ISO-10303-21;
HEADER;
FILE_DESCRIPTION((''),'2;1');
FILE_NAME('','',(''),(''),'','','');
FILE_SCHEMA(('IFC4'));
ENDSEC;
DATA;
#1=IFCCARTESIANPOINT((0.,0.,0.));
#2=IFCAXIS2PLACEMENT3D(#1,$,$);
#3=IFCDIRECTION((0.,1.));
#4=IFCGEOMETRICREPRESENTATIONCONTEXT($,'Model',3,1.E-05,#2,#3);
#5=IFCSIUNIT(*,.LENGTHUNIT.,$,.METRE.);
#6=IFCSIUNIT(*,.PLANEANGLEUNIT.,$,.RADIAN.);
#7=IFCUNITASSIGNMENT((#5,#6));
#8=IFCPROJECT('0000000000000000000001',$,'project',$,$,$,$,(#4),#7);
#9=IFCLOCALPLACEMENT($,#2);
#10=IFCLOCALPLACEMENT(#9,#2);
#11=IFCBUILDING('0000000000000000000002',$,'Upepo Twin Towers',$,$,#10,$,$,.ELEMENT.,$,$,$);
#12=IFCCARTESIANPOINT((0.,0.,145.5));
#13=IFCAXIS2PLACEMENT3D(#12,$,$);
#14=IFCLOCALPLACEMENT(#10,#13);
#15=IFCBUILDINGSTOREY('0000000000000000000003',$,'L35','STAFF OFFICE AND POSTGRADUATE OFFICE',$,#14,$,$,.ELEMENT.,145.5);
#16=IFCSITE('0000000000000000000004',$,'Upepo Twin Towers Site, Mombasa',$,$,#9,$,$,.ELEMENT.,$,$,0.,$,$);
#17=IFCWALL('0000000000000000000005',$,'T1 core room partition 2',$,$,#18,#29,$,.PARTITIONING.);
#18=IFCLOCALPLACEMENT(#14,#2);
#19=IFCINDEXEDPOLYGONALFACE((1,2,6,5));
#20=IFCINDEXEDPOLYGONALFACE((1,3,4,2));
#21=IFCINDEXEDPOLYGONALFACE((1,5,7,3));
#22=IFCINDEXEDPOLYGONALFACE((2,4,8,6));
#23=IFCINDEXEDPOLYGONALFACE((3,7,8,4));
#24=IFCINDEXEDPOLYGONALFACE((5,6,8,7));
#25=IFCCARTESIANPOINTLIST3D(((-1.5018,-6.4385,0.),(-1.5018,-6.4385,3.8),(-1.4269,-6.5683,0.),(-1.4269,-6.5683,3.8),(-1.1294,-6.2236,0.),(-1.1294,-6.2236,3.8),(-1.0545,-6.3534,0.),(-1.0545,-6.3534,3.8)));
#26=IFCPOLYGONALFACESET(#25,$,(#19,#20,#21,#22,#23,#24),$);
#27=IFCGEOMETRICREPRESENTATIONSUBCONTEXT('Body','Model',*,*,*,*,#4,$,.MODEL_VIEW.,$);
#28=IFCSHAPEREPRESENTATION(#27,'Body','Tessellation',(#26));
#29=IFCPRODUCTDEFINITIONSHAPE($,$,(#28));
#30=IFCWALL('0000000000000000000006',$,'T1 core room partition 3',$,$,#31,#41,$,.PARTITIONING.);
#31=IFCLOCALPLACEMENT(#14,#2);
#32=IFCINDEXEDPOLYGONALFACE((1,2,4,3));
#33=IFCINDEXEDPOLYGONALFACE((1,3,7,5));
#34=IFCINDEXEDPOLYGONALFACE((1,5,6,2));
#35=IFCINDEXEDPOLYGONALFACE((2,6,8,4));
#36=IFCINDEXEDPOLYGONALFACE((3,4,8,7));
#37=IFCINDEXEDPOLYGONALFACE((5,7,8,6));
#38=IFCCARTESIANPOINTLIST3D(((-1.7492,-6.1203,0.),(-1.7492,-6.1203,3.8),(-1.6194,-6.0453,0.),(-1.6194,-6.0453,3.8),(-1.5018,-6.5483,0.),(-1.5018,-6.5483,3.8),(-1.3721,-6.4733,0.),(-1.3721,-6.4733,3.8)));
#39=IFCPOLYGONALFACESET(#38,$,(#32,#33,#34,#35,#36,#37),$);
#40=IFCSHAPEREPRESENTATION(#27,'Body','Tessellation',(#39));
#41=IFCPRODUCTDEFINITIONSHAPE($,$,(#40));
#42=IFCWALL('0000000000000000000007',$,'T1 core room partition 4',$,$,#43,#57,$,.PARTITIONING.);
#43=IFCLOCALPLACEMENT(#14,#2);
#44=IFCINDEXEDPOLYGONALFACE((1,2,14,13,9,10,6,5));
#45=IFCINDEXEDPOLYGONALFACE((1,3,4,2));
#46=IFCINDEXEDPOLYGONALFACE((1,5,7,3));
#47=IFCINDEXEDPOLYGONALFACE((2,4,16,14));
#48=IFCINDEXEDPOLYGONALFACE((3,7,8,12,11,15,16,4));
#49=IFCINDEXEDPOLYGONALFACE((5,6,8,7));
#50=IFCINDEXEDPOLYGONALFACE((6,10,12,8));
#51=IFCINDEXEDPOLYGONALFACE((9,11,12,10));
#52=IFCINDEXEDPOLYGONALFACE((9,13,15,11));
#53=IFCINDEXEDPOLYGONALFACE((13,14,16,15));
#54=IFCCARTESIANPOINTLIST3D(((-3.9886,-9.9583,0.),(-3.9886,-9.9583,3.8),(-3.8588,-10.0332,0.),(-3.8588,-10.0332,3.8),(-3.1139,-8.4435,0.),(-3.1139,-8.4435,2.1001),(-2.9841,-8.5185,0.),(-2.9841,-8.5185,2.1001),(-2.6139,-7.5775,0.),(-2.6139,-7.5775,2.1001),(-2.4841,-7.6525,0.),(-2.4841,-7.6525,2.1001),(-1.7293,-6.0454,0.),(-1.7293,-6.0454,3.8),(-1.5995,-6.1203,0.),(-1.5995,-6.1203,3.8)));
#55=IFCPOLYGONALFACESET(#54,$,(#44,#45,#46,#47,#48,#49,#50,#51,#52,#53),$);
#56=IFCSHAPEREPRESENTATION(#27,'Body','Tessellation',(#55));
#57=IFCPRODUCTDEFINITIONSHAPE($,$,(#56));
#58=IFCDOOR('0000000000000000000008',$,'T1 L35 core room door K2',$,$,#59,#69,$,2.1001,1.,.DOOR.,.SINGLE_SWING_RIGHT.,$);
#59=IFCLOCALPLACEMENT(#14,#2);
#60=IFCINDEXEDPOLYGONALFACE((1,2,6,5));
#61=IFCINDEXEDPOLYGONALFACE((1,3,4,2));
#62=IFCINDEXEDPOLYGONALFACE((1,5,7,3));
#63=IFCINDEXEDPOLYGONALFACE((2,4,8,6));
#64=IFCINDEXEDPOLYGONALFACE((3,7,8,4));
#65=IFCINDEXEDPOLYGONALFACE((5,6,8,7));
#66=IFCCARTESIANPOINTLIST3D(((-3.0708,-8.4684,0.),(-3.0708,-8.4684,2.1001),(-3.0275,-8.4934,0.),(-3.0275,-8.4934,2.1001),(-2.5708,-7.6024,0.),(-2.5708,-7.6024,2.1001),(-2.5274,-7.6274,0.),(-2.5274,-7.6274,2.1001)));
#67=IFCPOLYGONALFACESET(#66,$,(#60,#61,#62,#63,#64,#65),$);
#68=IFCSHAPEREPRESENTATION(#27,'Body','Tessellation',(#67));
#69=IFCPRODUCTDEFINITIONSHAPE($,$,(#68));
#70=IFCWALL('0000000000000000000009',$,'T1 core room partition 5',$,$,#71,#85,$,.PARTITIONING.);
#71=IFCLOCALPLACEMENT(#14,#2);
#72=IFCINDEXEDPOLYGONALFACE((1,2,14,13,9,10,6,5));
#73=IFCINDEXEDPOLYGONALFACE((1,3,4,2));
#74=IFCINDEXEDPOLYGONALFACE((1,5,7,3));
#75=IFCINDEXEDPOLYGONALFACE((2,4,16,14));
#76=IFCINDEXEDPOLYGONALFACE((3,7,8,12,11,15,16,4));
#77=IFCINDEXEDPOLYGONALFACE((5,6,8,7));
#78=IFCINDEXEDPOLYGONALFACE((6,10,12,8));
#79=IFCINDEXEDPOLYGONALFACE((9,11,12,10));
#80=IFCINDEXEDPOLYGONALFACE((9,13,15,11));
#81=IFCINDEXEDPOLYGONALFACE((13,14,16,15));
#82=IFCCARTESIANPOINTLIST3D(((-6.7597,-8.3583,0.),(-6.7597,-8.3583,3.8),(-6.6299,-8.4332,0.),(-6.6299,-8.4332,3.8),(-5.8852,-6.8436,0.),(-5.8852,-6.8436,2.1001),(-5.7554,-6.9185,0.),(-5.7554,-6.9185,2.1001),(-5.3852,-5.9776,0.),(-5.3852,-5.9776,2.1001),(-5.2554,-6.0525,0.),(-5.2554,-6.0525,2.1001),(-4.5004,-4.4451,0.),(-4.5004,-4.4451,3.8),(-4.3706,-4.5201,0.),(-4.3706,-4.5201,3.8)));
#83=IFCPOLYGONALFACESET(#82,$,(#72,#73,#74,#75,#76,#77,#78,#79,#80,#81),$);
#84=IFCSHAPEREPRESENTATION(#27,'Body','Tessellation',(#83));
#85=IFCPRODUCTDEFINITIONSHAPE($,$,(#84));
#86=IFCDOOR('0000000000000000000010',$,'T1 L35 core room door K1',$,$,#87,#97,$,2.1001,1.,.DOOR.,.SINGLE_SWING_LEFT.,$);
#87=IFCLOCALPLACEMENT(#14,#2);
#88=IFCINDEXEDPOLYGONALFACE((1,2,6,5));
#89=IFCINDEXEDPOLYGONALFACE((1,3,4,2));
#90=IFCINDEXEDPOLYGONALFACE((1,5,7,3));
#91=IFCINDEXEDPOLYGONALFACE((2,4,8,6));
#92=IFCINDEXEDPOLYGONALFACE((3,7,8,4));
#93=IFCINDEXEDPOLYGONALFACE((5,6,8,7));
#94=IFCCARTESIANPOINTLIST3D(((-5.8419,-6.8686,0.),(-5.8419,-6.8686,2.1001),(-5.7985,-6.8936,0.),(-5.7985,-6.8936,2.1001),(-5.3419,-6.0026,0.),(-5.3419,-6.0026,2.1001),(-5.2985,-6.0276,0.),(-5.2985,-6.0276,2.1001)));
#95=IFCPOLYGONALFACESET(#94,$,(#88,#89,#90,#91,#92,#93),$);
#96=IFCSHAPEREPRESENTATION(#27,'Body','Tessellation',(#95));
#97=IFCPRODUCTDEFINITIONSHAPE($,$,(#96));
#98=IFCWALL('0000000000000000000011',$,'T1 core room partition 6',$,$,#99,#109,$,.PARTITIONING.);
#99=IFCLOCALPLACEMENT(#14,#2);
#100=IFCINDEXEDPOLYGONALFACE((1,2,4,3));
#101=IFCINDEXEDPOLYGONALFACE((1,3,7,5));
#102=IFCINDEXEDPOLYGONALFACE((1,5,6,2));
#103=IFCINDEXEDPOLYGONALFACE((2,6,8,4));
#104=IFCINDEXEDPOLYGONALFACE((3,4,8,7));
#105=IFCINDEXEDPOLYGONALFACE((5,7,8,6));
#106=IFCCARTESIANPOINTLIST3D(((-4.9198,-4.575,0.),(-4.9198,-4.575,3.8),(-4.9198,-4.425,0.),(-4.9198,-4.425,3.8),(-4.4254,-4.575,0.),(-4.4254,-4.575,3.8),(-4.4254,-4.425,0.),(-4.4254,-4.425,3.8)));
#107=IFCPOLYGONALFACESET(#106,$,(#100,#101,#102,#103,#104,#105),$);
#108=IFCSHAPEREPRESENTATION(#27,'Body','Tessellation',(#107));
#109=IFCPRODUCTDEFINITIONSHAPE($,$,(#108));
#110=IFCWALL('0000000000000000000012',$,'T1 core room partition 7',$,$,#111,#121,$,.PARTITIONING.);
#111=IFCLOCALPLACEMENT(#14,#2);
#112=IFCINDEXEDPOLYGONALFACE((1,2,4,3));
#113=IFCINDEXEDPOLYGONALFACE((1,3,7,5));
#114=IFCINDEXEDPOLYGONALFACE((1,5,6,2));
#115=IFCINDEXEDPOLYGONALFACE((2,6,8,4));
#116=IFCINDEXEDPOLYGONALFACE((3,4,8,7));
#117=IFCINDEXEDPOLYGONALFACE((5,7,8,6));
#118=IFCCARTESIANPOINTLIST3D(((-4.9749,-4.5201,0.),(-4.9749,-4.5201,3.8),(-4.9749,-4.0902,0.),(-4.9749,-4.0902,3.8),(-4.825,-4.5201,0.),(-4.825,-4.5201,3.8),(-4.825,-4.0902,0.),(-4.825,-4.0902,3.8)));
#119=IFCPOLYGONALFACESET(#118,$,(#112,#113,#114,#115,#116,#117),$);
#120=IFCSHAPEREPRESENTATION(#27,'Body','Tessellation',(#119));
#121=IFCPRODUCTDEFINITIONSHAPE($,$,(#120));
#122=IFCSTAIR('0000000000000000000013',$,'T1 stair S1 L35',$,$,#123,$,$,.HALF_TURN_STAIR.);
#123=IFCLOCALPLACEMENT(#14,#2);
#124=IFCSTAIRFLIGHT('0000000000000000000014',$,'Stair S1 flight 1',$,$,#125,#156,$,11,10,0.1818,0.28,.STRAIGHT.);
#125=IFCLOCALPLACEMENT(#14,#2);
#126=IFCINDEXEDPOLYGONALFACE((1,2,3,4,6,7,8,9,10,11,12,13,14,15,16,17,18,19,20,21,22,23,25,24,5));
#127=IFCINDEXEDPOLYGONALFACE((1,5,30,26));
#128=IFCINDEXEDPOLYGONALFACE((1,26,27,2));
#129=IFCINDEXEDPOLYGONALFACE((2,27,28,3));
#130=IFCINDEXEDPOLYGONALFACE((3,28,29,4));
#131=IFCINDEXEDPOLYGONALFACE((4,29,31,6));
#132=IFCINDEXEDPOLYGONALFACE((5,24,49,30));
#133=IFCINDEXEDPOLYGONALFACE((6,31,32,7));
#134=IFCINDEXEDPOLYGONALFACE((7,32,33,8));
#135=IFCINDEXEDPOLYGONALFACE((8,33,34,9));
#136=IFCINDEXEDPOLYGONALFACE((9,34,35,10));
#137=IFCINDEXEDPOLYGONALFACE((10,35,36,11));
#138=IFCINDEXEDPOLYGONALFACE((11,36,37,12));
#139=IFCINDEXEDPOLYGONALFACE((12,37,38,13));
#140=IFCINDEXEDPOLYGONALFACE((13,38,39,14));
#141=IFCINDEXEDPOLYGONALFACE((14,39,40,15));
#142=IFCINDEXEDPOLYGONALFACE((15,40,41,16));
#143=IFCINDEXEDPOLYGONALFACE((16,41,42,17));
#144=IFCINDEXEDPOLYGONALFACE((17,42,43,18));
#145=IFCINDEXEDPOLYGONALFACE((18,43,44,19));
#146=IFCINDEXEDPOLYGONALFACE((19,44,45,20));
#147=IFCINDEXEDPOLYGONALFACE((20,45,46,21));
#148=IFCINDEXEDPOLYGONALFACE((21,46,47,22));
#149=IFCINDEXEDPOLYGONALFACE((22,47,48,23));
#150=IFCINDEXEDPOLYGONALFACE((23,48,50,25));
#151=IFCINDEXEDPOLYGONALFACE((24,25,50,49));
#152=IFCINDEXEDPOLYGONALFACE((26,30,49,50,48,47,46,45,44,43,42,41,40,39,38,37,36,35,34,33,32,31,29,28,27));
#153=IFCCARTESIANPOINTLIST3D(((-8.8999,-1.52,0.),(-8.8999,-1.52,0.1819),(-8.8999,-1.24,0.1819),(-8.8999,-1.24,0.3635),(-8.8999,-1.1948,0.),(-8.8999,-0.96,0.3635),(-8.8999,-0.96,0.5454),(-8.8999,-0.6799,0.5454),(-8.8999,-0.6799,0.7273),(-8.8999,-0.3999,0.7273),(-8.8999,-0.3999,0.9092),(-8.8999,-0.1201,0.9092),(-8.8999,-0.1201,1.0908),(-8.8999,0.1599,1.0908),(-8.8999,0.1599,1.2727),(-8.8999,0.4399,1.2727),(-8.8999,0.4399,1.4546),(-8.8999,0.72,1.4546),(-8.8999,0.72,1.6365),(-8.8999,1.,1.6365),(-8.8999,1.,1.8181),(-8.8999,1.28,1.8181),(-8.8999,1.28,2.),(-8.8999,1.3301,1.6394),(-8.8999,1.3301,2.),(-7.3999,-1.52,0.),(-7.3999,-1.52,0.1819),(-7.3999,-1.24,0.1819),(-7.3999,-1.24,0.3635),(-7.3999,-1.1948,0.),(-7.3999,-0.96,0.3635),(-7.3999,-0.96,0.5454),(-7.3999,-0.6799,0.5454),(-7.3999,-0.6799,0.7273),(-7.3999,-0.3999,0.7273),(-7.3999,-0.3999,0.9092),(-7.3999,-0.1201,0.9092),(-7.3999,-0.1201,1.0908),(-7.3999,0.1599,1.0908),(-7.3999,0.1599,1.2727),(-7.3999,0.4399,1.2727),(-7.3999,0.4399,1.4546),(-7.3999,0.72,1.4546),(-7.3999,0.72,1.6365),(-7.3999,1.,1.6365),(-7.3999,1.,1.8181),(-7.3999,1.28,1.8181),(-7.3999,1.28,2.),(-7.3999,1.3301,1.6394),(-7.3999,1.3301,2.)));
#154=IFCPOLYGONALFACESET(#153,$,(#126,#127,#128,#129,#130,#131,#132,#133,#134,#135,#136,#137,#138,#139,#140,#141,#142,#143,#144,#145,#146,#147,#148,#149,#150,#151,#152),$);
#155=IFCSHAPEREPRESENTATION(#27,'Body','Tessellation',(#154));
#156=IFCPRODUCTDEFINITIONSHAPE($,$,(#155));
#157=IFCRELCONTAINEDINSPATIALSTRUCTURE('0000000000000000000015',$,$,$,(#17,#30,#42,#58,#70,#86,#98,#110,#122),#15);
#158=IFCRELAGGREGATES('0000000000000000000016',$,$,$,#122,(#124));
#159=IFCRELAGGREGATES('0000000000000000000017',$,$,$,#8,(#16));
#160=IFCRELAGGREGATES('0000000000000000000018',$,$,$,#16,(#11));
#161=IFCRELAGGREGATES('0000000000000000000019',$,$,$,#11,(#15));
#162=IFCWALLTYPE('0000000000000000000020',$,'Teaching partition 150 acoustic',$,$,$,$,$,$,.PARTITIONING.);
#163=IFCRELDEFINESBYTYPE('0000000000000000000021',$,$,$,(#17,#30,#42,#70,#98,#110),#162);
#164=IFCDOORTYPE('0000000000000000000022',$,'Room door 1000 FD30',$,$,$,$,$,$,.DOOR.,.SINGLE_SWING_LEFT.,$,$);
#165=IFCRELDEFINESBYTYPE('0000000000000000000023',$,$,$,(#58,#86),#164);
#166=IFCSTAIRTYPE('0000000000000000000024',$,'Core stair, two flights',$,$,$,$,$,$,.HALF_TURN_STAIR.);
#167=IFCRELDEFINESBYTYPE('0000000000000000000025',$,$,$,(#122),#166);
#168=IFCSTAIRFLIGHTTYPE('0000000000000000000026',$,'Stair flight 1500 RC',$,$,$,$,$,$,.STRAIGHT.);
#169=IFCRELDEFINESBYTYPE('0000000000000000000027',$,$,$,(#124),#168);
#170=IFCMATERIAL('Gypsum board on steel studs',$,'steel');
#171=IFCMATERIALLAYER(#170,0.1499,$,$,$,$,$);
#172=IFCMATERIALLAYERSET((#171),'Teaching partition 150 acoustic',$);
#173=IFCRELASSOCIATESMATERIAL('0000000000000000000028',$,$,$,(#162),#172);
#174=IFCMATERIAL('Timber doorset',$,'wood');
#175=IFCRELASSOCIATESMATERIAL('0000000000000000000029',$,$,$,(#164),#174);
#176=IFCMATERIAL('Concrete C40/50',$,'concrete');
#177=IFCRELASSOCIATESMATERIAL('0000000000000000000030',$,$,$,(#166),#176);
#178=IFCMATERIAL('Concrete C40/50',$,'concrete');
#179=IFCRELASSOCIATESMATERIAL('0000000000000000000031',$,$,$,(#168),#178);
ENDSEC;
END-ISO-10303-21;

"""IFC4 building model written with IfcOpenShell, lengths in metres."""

from ifc_helpers import new_model, si_unit, direction, frame, frame_2d, origin, place, context, subcontext, project, spatial, polyline, rectangle, outline, extrude, material, layer, layer_set, type_object, element, fill, aggregate, save


model = new_model("IFC4")

# Units and contexts
model_context = context("Model", 3, precision=1e-05, world=origin(), true_north=direction((0.0, 1.0)))
body_context = subcontext(model_context, "Body", "Model", "MODEL_VIEW")
ifc_project = project(units=[si_unit("LENGTHUNIT", "METRE"), si_unit("PLANEANGLEUNIT", "RADIAN")], contexts=[model_context])

# Site, building, storey
site_placement = place(None, origin())
site = spatial("IfcSite", under=ifc_project, at=site_placement, Name="Upepo Twin Towers Site, Mombasa", CompositionType="ELEMENT", RefElevation=0.0)
building_placement = place(site_placement, origin())
building = spatial("IfcBuilding", under=site, at=building_placement, Name="Upepo Twin Towers", CompositionType="ELEMENT")
storey_placement = place(building_placement, frame((0.0, 0.0, 145.5)))
storey = spatial("IfcBuildingStorey", under=building, at=storey_placement, Name="L35", Description="STAFF OFFICE AND POSTGRADUATE OFFICE", CompositionType="ELEMENT", Elevation=145.5)

# Walls
ifc_material_1 = material(Name="Gypsum board on steel studs", Category="steel")
ifc_layer_1 = layer(ifc_material_1, 0.1499)
ifc_layer_set_1 = layer_set([ifc_layer_1], Name="Teaching partition 150 acoustic")
wall_type_1 = type_object("IfcWallType", Name="Teaching partition 150 acoustic", PredefinedType="PARTITIONING", material=ifc_layer_set_1)
wall_1_placement = place(storey_placement, frame((-1.092, -6.2886, 0.0), z_axis=(0.0, 0.0, 1.0), x_axis=(-0.866138, -0.499804, 0.0)))
element("IfcWall", 1, at=wall_1_placement, inside=storey, type_object=wall_type_1, Name="T1 core room partition 2", PredefinedType="PARTITIONING", context=body_context, shape_type="SweptSolid", body=[
    extrude(rectangle(XDim=0.4299, YDim=0.1499, at=frame_2d((0.2148, 0.0))), origin(), (0.0, 0.0, 1.0), 3.8),
])
wall_2_placement = place(storey_placement, frame((-1.437, -6.5107, 0.0), z_axis=(0.0, 0.0, 1.0), x_axis=(-0.500335, 0.865832, 0.0)))
element("IfcWall", 2, at=wall_2_placement, inside=storey, type_object=wall_type_1, Name="T1 core room partition 3", PredefinedType="PARTITIONING", context=body_context, shape_type="SweptSolid", body=[
    extrude(rectangle(XDim=0.4944, YDim=0.1499, at=frame_2d((0.2471, 0.0))), origin(), (0.0, 0.0, 1.0), 3.8),
])

# Walls, openings, doors
wall_3_placement = place(storey_placement, frame((-1.6643, -6.0828, 0.0), z_axis=(0.0, 0.0, 1.0), x_axis=(-0.500033, -0.866007, 0.0)))
wall_3 = element("IfcWall", 3, at=wall_3_placement, inside=storey, type_object=wall_type_1, Name="T1 core room partition 4", PredefinedType="PARTITIONING", context=body_context, shape_type="SweptSolid", body=[
    extrude(rectangle(XDim=4.5183, YDim=0.1499, at=frame_2d((2.2593, 0.0))), origin(), (0.0, 0.0, 1.0), 3.8),
])
opening_1_placement = place(wall_3_placement, frame((1.7693, 0.0, 0.0)))
opening_1 = element("IfcOpeningElement", 4, at=opening_1_placement, cuts=wall_3, PredefinedType="OPENING", context=body_context, shape_type="SweptSolid", body=[
    extrude(rectangle(XDim=1.0, YDim=2.1001, at=frame_2d((0.5, 1.05))), frame((0.0, 0.085, 0.0), z_axis=(0.0, -1.0, 0.0), x_axis=(1.0, 0.0, 0.0)), (0.0, 0.0, 1.0), 0.1699),
])
ifc_material_2 = material(Name="Timber doorset", Category="wood")
door_type_1 = type_object("IfcDoorType", Name="Room door 1000 FD30", OperationType="SINGLE_SWING_LEFT", PredefinedType="DOOR", material=ifc_material_2)
door_1_placement = place(opening_1_placement, origin())
door_1 = element("IfcDoor", 5, at=door_1_placement, inside=storey, type_object=door_type_1, Name="T1 L35 core room door K2", OperationType="SINGLE_SWING_RIGHT", OverallHeight=2.1001, OverallWidth=1.0, PredefinedType="DOOR", context=body_context, shape_type="SweptSolid", body=[
    extrude(rectangle(XDim=1.0, YDim=2.1001, at=frame_2d((0.5, 1.05))), frame((0.0, 0.0249, 0.0), z_axis=(0.0, -1.0, 0.0), x_axis=(1.0, 0.0, 0.0)), (0.0, 0.0, 1.0), 0.05),
])
fill(opening_1, door_1)
wall_4_placement = place(storey_placement, frame((-6.6948, -8.3958, 0.0), z_axis=(0.0, 0.0, 1.0), x_axis=(0.500009, 0.86602, 0.0)))
wall_4 = element("IfcWall", 6, at=wall_4_placement, inside=storey, type_object=wall_type_1, Name="T1 core room partition 5", PredefinedType="PARTITIONING", context=body_context, shape_type="SweptSolid", body=[
    extrude(rectangle(XDim=4.5186, YDim=0.1499, at=frame_2d((2.2593, 0.0))), origin(), (0.0, 0.0, 1.0), 3.8),
])
opening_2_placement = place(wall_4_placement, frame((1.749, 0.0, 0.0)))
opening_2 = element("IfcOpeningElement", 7, at=opening_2_placement, cuts=wall_4, PredefinedType="OPENING", context=body_context, shape_type="SweptSolid", body=[
    extrude(rectangle(XDim=1.0, YDim=2.1001, at=frame_2d((0.5, 1.05))), frame((0.0, 0.085, 0.0), z_axis=(0.0, -1.0, 0.0), x_axis=(1.0, 0.0, 0.0)), (0.0, 0.0, 1.0), 0.1699),
])
door_2_placement = place(opening_2_placement, origin())
door_2 = element("IfcDoor", 8, at=door_2_placement, inside=storey, type_object=door_type_1, Name="T1 L35 core room door K1", OperationType="SINGLE_SWING_LEFT", OverallHeight=2.1001, OverallWidth=1.0, PredefinedType="DOOR", context=body_context, shape_type="SweptSolid", body=[
    extrude(rectangle(XDim=1.0, YDim=2.1001, at=frame_2d((0.5, 1.05))), frame((0.0, 0.0249, 0.0), z_axis=(0.0, -1.0, 0.0), x_axis=(1.0, 0.0, 0.0)), (0.0, 0.0, 1.0), 0.05),
])
fill(opening_2, door_2)

# Walls
wall_5_placement = place(storey_placement, frame((-4.4255, -4.5, 0.0), z_axis=(0.0, 0.0, 1.0), x_axis=(-1.0, 0.0, 0.0)))
element("IfcWall", 9, at=wall_5_placement, inside=storey, type_object=wall_type_1, Name="T1 core room partition 6", PredefinedType="PARTITIONING", context=body_context, shape_type="SweptSolid", body=[
    extrude(rectangle(XDim=0.4944, YDim=0.1499, at=frame_2d((0.2471, 0.0))), origin(), (0.0, 0.0, 1.0), 3.8),
])
wall_6_placement = place(storey_placement, frame((-4.8999, -4.52, 0.0), z_axis=(0.0, 0.0, 1.0), x_axis=(0.0, 1.0, 0.0)))
element("IfcWall", 10, at=wall_6_placement, inside=storey, type_object=wall_type_1, Name="T1 core room partition 7", PredefinedType="PARTITIONING", context=body_context, shape_type="SweptSolid", body=[
    extrude(rectangle(XDim=0.4299, YDim=0.1499, at=frame_2d((0.2148, 0.0))), origin(), (0.0, 0.0, 1.0), 3.8),
])

# Stair, stair flight
ifc_material_3 = material(Name="Concrete C40/50", Category="concrete")
stair_type = type_object("IfcStairType", Name="Core stair, two flights", PredefinedType="HALF_TURN_STAIR", material=ifc_material_3)
stair_placement = place(storey_placement, origin())
stair = element("IfcStair", 11, at=stair_placement, inside=storey, type_object=stair_type, Name="T1 stair S1 L35", PredefinedType="HALF_TURN_STAIR")
ifc_material_4 = material(Name="Concrete C40/50", Category="concrete")
stair_flight_type = type_object("IfcStairFlightType", Name="Stair flight 1500 RC", PredefinedType="STRAIGHT", material=ifc_material_4)
stair_flight_1_placement = place(storey_placement, frame((-8.1499, -1.52, 0.0), z_axis=(0.0, 0.0, 1.0), x_axis=(0.0, 1.0, 0.0)))
stair_flight_1 = element("IfcStairFlight", 12, at=stair_flight_1_placement, type_object=stair_flight_type, Name="Stair S1 flight 1", NumberOfRisers=11, NumberOfTreads=10, PredefinedType="STRAIGHT", RiserHeight=0.1818, TreadLength=0.28, context=body_context, shape_type="SweptSolid", body=[
    extrude(outline(polyline([(0.0, 0.0), (0.0, 0.1819), (0.28, 0.1819), (0.28, 0.3635), (0.5601, 0.3635), (0.5601, 0.5454), (0.8401, 0.5454), (0.8401, 0.7273), (1.1201, 0.7273), (1.1201, 0.9092), (1.3999, 0.9092), (1.3999, 1.0908), (1.6799, 1.0908), (1.6799, 1.2727), (1.96, 1.2727), (1.96, 1.4546), (2.24, 1.4546), (2.24, 1.6365), (2.52, 1.6365), (2.52, 1.8181), (2.8, 1.8181), (2.8, 2.0), (2.8501, 2.0), (2.8501, 1.6394), (0.3252, 0.0), (0.0, 0.0)])), frame((0.0, 0.75, 0.0), z_axis=(0.0, -1.0, 0.0), x_axis=(1.0, 0.0, 0.0)), (0.0, 0.0, 1.0), 1.5),
])
aggregate(stair, [stair_flight_1])

save(model, "model.ifc")
